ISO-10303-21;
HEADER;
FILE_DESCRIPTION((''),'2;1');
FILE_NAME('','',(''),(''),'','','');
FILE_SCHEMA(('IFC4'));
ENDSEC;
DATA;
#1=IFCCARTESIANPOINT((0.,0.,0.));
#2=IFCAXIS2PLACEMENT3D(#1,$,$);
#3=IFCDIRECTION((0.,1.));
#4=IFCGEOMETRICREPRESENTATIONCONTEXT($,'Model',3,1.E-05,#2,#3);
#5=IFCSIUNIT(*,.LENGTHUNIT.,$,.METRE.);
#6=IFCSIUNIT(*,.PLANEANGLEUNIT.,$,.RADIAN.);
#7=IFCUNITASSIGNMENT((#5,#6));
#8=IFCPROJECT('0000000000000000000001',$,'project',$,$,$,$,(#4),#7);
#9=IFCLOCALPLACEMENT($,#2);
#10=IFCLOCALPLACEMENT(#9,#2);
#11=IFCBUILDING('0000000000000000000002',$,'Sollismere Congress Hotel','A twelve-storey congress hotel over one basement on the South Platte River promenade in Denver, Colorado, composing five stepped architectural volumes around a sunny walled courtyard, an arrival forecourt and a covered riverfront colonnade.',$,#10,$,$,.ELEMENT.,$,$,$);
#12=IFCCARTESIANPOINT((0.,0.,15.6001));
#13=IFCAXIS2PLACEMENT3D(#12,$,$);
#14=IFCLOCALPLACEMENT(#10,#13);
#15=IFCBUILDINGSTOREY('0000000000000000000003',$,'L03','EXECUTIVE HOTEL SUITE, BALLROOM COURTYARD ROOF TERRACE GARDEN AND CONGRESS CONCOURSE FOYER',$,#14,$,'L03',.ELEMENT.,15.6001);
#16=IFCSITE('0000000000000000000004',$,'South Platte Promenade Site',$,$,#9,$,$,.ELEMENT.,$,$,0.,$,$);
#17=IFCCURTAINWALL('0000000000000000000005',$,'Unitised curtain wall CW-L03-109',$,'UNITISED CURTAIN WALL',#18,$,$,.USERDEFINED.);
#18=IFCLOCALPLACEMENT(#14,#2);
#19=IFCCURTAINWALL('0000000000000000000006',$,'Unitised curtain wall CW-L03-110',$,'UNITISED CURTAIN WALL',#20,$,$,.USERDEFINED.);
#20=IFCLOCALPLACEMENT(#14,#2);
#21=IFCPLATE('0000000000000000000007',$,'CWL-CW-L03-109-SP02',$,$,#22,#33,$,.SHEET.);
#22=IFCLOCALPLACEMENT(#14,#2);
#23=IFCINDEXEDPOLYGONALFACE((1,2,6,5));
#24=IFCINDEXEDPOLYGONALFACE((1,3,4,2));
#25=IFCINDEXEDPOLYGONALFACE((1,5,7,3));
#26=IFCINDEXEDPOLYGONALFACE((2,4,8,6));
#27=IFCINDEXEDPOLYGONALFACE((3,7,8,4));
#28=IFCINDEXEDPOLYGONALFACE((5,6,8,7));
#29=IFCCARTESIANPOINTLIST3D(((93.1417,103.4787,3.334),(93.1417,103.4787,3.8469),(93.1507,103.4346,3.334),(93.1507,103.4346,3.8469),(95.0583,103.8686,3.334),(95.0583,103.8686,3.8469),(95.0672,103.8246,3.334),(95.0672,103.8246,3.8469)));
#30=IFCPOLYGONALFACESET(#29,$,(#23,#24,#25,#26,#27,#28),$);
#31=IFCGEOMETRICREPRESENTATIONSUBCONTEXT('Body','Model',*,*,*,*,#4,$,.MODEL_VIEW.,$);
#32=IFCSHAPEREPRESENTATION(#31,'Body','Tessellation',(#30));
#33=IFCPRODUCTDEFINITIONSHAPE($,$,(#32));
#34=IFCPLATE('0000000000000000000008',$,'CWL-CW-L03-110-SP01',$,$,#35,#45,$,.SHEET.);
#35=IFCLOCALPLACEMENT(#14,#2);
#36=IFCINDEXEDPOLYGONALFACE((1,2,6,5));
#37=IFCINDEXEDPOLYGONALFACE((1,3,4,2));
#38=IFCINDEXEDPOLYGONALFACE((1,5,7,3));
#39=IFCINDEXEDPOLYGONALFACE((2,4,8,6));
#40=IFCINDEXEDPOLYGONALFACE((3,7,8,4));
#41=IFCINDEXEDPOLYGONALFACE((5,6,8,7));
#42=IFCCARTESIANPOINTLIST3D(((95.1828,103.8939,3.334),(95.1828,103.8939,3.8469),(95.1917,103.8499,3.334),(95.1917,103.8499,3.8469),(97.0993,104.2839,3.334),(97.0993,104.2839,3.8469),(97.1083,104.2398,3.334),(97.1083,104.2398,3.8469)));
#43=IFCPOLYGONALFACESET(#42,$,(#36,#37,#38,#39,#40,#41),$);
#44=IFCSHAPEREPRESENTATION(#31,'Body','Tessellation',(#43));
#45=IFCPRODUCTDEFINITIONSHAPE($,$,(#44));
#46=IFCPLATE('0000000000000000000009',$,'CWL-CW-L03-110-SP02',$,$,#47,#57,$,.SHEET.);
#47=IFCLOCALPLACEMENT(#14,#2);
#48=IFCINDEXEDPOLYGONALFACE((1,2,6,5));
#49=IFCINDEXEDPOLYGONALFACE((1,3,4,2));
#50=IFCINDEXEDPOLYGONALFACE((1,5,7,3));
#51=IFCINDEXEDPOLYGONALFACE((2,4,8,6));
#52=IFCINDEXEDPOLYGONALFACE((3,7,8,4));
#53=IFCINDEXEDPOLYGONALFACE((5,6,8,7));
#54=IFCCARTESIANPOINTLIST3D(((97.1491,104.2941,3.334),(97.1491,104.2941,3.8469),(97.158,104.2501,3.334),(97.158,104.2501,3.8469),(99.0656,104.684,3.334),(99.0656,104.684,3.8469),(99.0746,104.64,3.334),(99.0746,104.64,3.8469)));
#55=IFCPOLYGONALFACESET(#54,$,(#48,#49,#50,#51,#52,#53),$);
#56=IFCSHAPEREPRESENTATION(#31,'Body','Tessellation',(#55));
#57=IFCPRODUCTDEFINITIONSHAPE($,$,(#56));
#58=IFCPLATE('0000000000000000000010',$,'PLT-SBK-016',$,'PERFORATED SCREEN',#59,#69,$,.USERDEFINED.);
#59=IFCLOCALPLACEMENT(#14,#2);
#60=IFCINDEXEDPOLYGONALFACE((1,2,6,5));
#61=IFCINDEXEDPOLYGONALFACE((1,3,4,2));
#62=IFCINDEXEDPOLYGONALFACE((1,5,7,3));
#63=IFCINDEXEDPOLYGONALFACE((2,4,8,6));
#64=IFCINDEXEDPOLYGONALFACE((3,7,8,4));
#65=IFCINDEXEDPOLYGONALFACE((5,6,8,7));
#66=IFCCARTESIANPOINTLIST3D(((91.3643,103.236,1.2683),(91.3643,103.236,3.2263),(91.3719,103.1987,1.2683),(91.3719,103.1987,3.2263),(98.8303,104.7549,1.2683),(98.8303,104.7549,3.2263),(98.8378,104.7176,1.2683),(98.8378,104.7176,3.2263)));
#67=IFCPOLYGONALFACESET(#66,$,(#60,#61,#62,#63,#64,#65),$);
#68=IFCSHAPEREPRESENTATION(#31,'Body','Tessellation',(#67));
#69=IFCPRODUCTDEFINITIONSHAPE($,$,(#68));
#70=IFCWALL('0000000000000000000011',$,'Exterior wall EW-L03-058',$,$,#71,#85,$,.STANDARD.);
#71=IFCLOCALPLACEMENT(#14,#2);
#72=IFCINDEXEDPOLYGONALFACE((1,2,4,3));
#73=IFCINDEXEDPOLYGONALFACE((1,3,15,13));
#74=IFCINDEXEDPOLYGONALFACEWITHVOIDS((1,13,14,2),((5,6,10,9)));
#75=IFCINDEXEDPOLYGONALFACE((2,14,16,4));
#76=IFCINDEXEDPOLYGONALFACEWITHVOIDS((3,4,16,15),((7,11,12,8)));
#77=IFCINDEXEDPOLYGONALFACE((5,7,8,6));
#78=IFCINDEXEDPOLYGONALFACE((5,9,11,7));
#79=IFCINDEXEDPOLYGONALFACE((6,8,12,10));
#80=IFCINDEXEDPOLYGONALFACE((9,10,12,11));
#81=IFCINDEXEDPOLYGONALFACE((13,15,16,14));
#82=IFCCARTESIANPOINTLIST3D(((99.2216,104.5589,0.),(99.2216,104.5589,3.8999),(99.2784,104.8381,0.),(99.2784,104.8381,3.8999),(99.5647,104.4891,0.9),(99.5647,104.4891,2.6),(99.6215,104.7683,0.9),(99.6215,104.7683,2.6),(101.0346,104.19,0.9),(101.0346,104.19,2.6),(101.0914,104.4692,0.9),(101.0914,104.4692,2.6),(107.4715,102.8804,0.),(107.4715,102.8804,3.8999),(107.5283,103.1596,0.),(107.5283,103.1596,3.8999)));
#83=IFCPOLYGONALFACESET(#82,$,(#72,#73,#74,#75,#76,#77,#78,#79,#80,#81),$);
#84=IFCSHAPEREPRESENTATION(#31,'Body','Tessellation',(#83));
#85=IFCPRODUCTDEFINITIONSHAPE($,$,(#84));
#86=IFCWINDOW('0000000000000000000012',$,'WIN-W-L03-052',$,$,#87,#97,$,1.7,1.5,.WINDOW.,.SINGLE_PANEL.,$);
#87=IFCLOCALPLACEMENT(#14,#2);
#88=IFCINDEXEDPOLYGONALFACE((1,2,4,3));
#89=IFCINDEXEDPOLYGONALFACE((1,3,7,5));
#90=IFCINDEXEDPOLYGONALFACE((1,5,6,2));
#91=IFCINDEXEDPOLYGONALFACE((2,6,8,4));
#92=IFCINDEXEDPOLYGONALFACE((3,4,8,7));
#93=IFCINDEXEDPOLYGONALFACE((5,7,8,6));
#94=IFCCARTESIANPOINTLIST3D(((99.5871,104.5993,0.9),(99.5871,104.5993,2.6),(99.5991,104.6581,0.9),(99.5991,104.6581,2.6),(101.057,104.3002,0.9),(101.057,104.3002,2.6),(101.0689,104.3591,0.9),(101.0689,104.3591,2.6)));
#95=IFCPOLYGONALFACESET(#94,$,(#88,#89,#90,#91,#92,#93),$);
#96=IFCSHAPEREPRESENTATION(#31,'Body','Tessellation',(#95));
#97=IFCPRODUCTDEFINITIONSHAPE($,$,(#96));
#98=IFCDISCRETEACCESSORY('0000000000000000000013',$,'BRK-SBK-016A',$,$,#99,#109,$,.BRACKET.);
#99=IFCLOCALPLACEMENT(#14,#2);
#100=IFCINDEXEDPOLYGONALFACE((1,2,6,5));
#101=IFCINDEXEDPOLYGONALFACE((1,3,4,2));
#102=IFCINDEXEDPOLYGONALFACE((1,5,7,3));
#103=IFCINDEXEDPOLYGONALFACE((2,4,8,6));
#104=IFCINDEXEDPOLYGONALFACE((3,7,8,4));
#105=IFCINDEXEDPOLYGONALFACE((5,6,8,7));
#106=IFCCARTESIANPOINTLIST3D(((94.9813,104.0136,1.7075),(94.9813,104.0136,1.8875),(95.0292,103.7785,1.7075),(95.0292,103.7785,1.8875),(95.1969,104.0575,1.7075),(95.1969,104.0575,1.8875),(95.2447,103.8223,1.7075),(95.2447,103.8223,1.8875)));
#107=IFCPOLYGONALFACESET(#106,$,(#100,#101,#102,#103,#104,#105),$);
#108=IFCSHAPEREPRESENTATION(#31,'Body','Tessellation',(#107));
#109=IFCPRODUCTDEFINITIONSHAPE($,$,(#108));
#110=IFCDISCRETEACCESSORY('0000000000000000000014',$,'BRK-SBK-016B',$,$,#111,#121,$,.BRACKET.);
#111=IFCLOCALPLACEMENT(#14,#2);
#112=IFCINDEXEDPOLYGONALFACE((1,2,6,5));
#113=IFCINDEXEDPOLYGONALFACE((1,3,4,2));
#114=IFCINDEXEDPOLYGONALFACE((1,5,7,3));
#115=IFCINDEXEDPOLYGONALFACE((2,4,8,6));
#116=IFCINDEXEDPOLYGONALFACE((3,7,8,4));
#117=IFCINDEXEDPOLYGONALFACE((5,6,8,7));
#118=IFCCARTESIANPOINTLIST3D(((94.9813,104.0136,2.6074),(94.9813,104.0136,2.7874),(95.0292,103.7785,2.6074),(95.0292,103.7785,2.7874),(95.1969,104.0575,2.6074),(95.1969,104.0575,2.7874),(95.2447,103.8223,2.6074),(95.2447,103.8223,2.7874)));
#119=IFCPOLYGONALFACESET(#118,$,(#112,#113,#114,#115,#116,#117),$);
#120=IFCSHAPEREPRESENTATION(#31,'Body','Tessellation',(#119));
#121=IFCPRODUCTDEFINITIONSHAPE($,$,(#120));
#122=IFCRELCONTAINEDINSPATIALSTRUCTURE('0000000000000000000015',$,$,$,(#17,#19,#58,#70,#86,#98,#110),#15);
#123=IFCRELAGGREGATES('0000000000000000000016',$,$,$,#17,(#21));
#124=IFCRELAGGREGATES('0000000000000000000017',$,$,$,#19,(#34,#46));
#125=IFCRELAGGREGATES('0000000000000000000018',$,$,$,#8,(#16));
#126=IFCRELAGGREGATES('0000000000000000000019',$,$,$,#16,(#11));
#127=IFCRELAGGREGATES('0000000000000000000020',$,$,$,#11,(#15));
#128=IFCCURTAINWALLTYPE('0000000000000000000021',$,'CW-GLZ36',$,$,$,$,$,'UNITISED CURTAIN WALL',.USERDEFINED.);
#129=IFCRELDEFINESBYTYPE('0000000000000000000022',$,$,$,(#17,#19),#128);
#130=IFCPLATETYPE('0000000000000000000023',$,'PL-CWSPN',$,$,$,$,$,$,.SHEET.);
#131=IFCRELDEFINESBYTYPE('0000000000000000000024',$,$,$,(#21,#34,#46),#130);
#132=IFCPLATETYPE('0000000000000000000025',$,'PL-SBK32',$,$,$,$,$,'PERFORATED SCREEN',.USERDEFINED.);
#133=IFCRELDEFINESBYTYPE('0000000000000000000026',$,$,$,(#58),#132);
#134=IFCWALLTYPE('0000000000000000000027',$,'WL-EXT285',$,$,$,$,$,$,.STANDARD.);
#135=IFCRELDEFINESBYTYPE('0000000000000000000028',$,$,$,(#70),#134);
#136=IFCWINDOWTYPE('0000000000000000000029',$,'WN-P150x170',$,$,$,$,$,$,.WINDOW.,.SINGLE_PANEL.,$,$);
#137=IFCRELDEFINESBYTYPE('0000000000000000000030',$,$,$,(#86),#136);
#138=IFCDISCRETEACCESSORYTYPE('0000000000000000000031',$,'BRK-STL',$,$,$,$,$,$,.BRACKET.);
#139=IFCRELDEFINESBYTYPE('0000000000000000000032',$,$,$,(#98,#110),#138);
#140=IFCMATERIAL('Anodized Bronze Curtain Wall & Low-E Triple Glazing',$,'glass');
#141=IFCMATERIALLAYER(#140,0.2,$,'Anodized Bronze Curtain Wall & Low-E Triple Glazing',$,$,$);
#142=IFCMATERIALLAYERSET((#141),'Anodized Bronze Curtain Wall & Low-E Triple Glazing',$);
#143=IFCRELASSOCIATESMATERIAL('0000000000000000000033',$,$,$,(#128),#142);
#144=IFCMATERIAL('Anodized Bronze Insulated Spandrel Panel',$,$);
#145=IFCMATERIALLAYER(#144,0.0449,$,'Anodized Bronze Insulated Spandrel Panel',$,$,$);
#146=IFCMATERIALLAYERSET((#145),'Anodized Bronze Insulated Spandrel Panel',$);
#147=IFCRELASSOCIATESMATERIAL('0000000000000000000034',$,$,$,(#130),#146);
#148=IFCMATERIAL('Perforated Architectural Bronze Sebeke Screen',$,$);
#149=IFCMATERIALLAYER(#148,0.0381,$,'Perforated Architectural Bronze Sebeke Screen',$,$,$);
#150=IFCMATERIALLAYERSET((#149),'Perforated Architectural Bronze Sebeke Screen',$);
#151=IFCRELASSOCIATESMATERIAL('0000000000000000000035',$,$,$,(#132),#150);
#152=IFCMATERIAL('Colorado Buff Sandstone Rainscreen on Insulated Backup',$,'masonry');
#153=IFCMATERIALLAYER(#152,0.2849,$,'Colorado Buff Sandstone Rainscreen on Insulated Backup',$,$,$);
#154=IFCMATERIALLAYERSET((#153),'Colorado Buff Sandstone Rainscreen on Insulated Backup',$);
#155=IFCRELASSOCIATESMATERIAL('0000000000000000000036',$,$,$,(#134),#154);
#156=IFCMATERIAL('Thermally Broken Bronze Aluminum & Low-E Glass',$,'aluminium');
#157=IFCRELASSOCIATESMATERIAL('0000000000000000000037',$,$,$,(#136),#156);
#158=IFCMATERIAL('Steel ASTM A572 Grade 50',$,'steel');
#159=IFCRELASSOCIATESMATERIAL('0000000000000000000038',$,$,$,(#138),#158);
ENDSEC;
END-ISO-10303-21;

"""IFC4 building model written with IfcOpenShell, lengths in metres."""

from ifc_helpers import new_model, si_unit, direction, frame, frame_2d, origin, origin_2d, place, context, subcontext, project, spatial, rectangle, extrude, material, layer, layer_set, type_object, element, fill, aggregate, save


model = new_model("IFC4")

# Units and contexts
model_context = context("Model", 3, precision=1e-05, world=origin(), true_north=direction((0.0, 1.0)))
body_context = subcontext(model_context, "Body", "Model", "MODEL_VIEW")
ifc_project = project(units=[si_unit("LENGTHUNIT", "METRE"), si_unit("PLANEANGLEUNIT", "RADIAN")], contexts=[model_context])

# Site, building, storey
site_placement = place(None, origin())
site = spatial("IfcSite", under=ifc_project, at=site_placement, Name="South Platte Promenade Site", CompositionType="ELEMENT", RefElevation=0.0)
building_placement = place(site_placement, origin())
building = spatial("IfcBuilding", under=site, at=building_placement, Name="Sollismere Congress Hotel", Description="A twelve-storey congress hotel over one basement on the South Platte River promenade in Denver, Colorado, composing five stepped architectural volumes around a sunny walled courtyard, an arrival forecourt and a covered riverfront colonnade.", CompositionType="ELEMENT")
storey_placement = place(building_placement, frame((0.0, 0.0, 15.6001)))
storey = spatial("IfcBuildingStorey", under=building, at=storey_placement, Name="L03", Description="EXECUTIVE HOTEL SUITE, BALLROOM COURTYARD ROOF TERRACE GARDEN AND CONGRESS CONCOURSE FOYER", LongName="L03", CompositionType="ELEMENT", Elevation=15.6001)

# Curtain walls
ifc_material_1 = material(Name="Anodized Bronze Curtain Wall & Low-E Triple Glazing", Category="glass")
ifc_layer_1 = layer(ifc_material_1, 0.2, Name="Anodized Bronze Curtain Wall & Low-E Triple Glazing")
ifc_layer_set_1 = layer_set([ifc_layer_1], Name="Anodized Bronze Curtain Wall & Low-E Triple Glazing")
curtain_wall_type = type_object("IfcCurtainWallType", Name="CW-GLZ36", ElementType="UNITISED CURTAIN WALL", PredefinedType="USERDEFINED", material=ifc_layer_set_1)
curtain_wall_1_placement = place(storey_placement, origin())
curtain_wall_1 = element("IfcCurtainWall", 1, at=curtain_wall_1_placement, inside=storey, type_object=curtain_wall_type, Name="Unitised curtain wall CW-L03-109", ObjectType="UNITISED CURTAIN WALL", PredefinedType="USERDEFINED")
curtain_wall_2_placement = place(storey_placement, origin())
curtain_wall_2 = element("IfcCurtainWall", 2, at=curtain_wall_2_placement, inside=storey, type_object=curtain_wall_type, Name="Unitised curtain wall CW-L03-110", ObjectType="UNITISED CURTAIN WALL", PredefinedType="USERDEFINED")

# Plates
ifc_material_2 = material(Name="Anodized Bronze Insulated Spandrel Panel")
ifc_layer_2 = layer(ifc_material_2, 0.0449, Name="Anodized Bronze Insulated Spandrel Panel")
ifc_layer_set_2 = layer_set([ifc_layer_2], Name="Anodized Bronze Insulated Spandrel Panel")
plate_type_1 = type_object("IfcPlateType", Name="PL-CWSPN", PredefinedType="SHEET", material=ifc_layer_set_2)
plate_1_placement = place(storey_placement, frame((94.1045, 103.6516, 3.334), z_axis=(0.0, 0.0, 1.0), x_axis=(0.979925, 0.199368, 0.0)))
plate_1 = element("IfcPlate", 3, at=plate_1_placement, type_object=plate_type_1, Name="CWL-CW-L03-109-SP02", PredefinedType="SHEET", context=body_context, shape_type="SweptSolid", body=[
    extrude(rectangle(XDim=1.9558, YDim=0.0449, at=origin_2d()), origin(), (0.0, 0.0, 1.0), 0.5129),
])
aggregate(curtain_wall_1, [plate_1])
plate_2_placement = place(storey_placement, frame((96.1455, 104.0669, 3.334), z_axis=(0.0, 0.0, 1.0), x_axis=(0.979925, 0.199368, 0.0)))
plate_2 = element("IfcPlate", 4, at=plate_2_placement, type_object=plate_type_1, Name="CWL-CW-L03-110-SP01", PredefinedType="SHEET", context=body_context, shape_type="SweptSolid", body=[
    extrude(rectangle(XDim=1.9558, YDim=0.0449, at=origin_2d()), origin(), (0.0, 0.0, 1.0), 0.5129),
])
plate_3_placement = place(storey_placement, frame((98.1118, 104.467, 3.334), z_axis=(0.0, 0.0, 1.0), x_axis=(0.979925, 0.199368, 0.0)))
plate_3 = element("IfcPlate", 5, at=plate_3_placement, type_object=plate_type_1, Name="CWL-CW-L03-110-SP02", PredefinedType="SHEET", context=body_context, shape_type="SweptSolid", body=[
    extrude(rectangle(XDim=1.9558, YDim=0.0449, at=origin_2d()), origin(), (0.0, 0.0, 1.0), 0.5129),
])
aggregate(curtain_wall_2, [plate_2, plate_3])
ifc_material_3 = material(Name="Perforated Architectural Bronze Sebeke Screen")
ifc_layer_3 = layer(ifc_material_3, 0.0381, Name="Perforated Architectural Bronze Sebeke Screen")
ifc_layer_set_3 = layer_set([ifc_layer_3], Name="Perforated Architectural Bronze Sebeke Screen")
plate_type_2 = type_object("IfcPlateType", Name="PL-SBK32", ElementType="PERFORATED SCREEN", PredefinedType="USERDEFINED", material=ifc_layer_set_3)
plate_4_placement = place(storey_placement, frame((95.1011, 103.9768, 1.2683), z_axis=(0.0, 0.0, 1.0), x_axis=(0.979925, 0.199368, 0.0)))
element("IfcPlate", 6, at=plate_4_placement, inside=storey, type_object=plate_type_2, Name="PLT-SBK-016", ObjectType="PERFORATED SCREEN", PredefinedType="USERDEFINED", context=body_context, shape_type="SweptSolid", body=[
    extrude(rectangle(XDim=7.6189, YDim=0.0381, at=origin_2d()), origin(), (0.0, 0.0, 1.0), 1.958),
])

# Wall, opening, window
ifc_material_4 = material(Name="Colorado Buff Sandstone Rainscreen on Insulated Backup", Category="masonry")
ifc_layer_4 = layer(ifc_material_4, 0.2849, Name="Colorado Buff Sandstone Rainscreen on Insulated Backup")
ifc_layer_set_4 = layer_set([ifc_layer_4], Name="Colorado Buff Sandstone Rainscreen on Insulated Backup")
wall_type = type_object("IfcWallType", Name="WL-EXT285", PredefinedType="STANDARD", material=ifc_layer_set_4)
wall_placement = place(storey_placement, frame((99.25, 104.6985, 0.0), z_axis=(0.0, 0.0, 1.0), x_axis=(0.979925, -0.199366, 0.0)))
wall = element("IfcWall", 7, at=wall_placement, inside=storey, type_object=wall_type, Name="Exterior wall EW-L03-058", PredefinedType="STANDARD", context=body_context, shape_type="SweptSolid", body=[
    extrude(rectangle(XDim=8.4189, YDim=0.2849, at=frame_2d((4.2095, 0.0))), origin(), (0.0, 0.0, 1.0), 3.8999),
])
opening_placement = place(wall_placement, frame((0.3501, 0.0, 0.8999)))
opening = element("IfcOpeningElement", 8, at=opening_placement, cuts=wall, PredefinedType="OPENING", context=body_context, shape_type="SweptSolid", body=[
    extrude(rectangle(XDim=1.5, YDim=1.7, at=frame_2d((0.75, 0.8501))), frame((0.0, 0.1523, 0.0), z_axis=(0.0, -1.0, 0.0), x_axis=(1.0, 0.0, 0.0)), (0.0, 0.0, 1.0), 0.3049),
])
ifc_material_5 = material(Name="Thermally Broken Bronze Aluminum & Low-E Glass", Category="aluminium")
window_type = type_object("IfcWindowType", Name="WN-P150x170", PartitioningType="SINGLE_PANEL", PredefinedType="WINDOW", material=ifc_material_5)
window_placement = place(opening_placement, origin())
window = element("IfcWindow", 9, at=window_placement, inside=storey, type_object=window_type, Name="WIN-W-L03-052", OverallHeight=1.7, OverallWidth=1.5, PartitioningType="SINGLE_PANEL", PredefinedType="WINDOW", context=body_context, shape_type="SweptSolid", body=[
    extrude(rectangle(XDim=1.5, YDim=1.7, at=frame_2d((0.75, 0.8501))), frame((0.0, 0.03, 0.0), z_axis=(0.0, -1.0, 0.0), x_axis=(1.0, 0.0, 0.0)), (0.0, 0.0, 1.0), 0.0601),
])
fill(opening, window)

# Discrete accessories
ifc_material_6 = material(Name="Steel ASTM A572 Grade 50", Category="steel")
discrete_accessory_type = type_object("IfcDiscreteAccessoryType", Name="BRK-STL", PredefinedType="BRACKET", material=ifc_material_6)
for number, where, z_axis, x_axis, name in (
    (10, (95.113, 103.918, 1.7075), (0.0, 0.0, 1.0), (0.979925, 0.199368, 0.0), "BRK-SBK-016A"),
    (11, (95.113, 103.918, 2.6074), (0.0, 0.0, 1.0), (0.979925, 0.199368, 0.0), "BRK-SBK-016B"),
):
    element("IfcDiscreteAccessory", number, at=place(storey_placement, frame(where, z_axis=z_axis, x_axis=x_axis)), inside=storey, type_object=discrete_accessory_type, Name=name, PredefinedType="BRACKET", context=body_context, shape_type="SweptSolid", body=[
        extrude(rectangle(XDim=0.22, YDim=0.24, at=origin_2d()), origin(), (0.0, 0.0, 1.0), 0.1799),
    ])

save(model, "model.ifc")
